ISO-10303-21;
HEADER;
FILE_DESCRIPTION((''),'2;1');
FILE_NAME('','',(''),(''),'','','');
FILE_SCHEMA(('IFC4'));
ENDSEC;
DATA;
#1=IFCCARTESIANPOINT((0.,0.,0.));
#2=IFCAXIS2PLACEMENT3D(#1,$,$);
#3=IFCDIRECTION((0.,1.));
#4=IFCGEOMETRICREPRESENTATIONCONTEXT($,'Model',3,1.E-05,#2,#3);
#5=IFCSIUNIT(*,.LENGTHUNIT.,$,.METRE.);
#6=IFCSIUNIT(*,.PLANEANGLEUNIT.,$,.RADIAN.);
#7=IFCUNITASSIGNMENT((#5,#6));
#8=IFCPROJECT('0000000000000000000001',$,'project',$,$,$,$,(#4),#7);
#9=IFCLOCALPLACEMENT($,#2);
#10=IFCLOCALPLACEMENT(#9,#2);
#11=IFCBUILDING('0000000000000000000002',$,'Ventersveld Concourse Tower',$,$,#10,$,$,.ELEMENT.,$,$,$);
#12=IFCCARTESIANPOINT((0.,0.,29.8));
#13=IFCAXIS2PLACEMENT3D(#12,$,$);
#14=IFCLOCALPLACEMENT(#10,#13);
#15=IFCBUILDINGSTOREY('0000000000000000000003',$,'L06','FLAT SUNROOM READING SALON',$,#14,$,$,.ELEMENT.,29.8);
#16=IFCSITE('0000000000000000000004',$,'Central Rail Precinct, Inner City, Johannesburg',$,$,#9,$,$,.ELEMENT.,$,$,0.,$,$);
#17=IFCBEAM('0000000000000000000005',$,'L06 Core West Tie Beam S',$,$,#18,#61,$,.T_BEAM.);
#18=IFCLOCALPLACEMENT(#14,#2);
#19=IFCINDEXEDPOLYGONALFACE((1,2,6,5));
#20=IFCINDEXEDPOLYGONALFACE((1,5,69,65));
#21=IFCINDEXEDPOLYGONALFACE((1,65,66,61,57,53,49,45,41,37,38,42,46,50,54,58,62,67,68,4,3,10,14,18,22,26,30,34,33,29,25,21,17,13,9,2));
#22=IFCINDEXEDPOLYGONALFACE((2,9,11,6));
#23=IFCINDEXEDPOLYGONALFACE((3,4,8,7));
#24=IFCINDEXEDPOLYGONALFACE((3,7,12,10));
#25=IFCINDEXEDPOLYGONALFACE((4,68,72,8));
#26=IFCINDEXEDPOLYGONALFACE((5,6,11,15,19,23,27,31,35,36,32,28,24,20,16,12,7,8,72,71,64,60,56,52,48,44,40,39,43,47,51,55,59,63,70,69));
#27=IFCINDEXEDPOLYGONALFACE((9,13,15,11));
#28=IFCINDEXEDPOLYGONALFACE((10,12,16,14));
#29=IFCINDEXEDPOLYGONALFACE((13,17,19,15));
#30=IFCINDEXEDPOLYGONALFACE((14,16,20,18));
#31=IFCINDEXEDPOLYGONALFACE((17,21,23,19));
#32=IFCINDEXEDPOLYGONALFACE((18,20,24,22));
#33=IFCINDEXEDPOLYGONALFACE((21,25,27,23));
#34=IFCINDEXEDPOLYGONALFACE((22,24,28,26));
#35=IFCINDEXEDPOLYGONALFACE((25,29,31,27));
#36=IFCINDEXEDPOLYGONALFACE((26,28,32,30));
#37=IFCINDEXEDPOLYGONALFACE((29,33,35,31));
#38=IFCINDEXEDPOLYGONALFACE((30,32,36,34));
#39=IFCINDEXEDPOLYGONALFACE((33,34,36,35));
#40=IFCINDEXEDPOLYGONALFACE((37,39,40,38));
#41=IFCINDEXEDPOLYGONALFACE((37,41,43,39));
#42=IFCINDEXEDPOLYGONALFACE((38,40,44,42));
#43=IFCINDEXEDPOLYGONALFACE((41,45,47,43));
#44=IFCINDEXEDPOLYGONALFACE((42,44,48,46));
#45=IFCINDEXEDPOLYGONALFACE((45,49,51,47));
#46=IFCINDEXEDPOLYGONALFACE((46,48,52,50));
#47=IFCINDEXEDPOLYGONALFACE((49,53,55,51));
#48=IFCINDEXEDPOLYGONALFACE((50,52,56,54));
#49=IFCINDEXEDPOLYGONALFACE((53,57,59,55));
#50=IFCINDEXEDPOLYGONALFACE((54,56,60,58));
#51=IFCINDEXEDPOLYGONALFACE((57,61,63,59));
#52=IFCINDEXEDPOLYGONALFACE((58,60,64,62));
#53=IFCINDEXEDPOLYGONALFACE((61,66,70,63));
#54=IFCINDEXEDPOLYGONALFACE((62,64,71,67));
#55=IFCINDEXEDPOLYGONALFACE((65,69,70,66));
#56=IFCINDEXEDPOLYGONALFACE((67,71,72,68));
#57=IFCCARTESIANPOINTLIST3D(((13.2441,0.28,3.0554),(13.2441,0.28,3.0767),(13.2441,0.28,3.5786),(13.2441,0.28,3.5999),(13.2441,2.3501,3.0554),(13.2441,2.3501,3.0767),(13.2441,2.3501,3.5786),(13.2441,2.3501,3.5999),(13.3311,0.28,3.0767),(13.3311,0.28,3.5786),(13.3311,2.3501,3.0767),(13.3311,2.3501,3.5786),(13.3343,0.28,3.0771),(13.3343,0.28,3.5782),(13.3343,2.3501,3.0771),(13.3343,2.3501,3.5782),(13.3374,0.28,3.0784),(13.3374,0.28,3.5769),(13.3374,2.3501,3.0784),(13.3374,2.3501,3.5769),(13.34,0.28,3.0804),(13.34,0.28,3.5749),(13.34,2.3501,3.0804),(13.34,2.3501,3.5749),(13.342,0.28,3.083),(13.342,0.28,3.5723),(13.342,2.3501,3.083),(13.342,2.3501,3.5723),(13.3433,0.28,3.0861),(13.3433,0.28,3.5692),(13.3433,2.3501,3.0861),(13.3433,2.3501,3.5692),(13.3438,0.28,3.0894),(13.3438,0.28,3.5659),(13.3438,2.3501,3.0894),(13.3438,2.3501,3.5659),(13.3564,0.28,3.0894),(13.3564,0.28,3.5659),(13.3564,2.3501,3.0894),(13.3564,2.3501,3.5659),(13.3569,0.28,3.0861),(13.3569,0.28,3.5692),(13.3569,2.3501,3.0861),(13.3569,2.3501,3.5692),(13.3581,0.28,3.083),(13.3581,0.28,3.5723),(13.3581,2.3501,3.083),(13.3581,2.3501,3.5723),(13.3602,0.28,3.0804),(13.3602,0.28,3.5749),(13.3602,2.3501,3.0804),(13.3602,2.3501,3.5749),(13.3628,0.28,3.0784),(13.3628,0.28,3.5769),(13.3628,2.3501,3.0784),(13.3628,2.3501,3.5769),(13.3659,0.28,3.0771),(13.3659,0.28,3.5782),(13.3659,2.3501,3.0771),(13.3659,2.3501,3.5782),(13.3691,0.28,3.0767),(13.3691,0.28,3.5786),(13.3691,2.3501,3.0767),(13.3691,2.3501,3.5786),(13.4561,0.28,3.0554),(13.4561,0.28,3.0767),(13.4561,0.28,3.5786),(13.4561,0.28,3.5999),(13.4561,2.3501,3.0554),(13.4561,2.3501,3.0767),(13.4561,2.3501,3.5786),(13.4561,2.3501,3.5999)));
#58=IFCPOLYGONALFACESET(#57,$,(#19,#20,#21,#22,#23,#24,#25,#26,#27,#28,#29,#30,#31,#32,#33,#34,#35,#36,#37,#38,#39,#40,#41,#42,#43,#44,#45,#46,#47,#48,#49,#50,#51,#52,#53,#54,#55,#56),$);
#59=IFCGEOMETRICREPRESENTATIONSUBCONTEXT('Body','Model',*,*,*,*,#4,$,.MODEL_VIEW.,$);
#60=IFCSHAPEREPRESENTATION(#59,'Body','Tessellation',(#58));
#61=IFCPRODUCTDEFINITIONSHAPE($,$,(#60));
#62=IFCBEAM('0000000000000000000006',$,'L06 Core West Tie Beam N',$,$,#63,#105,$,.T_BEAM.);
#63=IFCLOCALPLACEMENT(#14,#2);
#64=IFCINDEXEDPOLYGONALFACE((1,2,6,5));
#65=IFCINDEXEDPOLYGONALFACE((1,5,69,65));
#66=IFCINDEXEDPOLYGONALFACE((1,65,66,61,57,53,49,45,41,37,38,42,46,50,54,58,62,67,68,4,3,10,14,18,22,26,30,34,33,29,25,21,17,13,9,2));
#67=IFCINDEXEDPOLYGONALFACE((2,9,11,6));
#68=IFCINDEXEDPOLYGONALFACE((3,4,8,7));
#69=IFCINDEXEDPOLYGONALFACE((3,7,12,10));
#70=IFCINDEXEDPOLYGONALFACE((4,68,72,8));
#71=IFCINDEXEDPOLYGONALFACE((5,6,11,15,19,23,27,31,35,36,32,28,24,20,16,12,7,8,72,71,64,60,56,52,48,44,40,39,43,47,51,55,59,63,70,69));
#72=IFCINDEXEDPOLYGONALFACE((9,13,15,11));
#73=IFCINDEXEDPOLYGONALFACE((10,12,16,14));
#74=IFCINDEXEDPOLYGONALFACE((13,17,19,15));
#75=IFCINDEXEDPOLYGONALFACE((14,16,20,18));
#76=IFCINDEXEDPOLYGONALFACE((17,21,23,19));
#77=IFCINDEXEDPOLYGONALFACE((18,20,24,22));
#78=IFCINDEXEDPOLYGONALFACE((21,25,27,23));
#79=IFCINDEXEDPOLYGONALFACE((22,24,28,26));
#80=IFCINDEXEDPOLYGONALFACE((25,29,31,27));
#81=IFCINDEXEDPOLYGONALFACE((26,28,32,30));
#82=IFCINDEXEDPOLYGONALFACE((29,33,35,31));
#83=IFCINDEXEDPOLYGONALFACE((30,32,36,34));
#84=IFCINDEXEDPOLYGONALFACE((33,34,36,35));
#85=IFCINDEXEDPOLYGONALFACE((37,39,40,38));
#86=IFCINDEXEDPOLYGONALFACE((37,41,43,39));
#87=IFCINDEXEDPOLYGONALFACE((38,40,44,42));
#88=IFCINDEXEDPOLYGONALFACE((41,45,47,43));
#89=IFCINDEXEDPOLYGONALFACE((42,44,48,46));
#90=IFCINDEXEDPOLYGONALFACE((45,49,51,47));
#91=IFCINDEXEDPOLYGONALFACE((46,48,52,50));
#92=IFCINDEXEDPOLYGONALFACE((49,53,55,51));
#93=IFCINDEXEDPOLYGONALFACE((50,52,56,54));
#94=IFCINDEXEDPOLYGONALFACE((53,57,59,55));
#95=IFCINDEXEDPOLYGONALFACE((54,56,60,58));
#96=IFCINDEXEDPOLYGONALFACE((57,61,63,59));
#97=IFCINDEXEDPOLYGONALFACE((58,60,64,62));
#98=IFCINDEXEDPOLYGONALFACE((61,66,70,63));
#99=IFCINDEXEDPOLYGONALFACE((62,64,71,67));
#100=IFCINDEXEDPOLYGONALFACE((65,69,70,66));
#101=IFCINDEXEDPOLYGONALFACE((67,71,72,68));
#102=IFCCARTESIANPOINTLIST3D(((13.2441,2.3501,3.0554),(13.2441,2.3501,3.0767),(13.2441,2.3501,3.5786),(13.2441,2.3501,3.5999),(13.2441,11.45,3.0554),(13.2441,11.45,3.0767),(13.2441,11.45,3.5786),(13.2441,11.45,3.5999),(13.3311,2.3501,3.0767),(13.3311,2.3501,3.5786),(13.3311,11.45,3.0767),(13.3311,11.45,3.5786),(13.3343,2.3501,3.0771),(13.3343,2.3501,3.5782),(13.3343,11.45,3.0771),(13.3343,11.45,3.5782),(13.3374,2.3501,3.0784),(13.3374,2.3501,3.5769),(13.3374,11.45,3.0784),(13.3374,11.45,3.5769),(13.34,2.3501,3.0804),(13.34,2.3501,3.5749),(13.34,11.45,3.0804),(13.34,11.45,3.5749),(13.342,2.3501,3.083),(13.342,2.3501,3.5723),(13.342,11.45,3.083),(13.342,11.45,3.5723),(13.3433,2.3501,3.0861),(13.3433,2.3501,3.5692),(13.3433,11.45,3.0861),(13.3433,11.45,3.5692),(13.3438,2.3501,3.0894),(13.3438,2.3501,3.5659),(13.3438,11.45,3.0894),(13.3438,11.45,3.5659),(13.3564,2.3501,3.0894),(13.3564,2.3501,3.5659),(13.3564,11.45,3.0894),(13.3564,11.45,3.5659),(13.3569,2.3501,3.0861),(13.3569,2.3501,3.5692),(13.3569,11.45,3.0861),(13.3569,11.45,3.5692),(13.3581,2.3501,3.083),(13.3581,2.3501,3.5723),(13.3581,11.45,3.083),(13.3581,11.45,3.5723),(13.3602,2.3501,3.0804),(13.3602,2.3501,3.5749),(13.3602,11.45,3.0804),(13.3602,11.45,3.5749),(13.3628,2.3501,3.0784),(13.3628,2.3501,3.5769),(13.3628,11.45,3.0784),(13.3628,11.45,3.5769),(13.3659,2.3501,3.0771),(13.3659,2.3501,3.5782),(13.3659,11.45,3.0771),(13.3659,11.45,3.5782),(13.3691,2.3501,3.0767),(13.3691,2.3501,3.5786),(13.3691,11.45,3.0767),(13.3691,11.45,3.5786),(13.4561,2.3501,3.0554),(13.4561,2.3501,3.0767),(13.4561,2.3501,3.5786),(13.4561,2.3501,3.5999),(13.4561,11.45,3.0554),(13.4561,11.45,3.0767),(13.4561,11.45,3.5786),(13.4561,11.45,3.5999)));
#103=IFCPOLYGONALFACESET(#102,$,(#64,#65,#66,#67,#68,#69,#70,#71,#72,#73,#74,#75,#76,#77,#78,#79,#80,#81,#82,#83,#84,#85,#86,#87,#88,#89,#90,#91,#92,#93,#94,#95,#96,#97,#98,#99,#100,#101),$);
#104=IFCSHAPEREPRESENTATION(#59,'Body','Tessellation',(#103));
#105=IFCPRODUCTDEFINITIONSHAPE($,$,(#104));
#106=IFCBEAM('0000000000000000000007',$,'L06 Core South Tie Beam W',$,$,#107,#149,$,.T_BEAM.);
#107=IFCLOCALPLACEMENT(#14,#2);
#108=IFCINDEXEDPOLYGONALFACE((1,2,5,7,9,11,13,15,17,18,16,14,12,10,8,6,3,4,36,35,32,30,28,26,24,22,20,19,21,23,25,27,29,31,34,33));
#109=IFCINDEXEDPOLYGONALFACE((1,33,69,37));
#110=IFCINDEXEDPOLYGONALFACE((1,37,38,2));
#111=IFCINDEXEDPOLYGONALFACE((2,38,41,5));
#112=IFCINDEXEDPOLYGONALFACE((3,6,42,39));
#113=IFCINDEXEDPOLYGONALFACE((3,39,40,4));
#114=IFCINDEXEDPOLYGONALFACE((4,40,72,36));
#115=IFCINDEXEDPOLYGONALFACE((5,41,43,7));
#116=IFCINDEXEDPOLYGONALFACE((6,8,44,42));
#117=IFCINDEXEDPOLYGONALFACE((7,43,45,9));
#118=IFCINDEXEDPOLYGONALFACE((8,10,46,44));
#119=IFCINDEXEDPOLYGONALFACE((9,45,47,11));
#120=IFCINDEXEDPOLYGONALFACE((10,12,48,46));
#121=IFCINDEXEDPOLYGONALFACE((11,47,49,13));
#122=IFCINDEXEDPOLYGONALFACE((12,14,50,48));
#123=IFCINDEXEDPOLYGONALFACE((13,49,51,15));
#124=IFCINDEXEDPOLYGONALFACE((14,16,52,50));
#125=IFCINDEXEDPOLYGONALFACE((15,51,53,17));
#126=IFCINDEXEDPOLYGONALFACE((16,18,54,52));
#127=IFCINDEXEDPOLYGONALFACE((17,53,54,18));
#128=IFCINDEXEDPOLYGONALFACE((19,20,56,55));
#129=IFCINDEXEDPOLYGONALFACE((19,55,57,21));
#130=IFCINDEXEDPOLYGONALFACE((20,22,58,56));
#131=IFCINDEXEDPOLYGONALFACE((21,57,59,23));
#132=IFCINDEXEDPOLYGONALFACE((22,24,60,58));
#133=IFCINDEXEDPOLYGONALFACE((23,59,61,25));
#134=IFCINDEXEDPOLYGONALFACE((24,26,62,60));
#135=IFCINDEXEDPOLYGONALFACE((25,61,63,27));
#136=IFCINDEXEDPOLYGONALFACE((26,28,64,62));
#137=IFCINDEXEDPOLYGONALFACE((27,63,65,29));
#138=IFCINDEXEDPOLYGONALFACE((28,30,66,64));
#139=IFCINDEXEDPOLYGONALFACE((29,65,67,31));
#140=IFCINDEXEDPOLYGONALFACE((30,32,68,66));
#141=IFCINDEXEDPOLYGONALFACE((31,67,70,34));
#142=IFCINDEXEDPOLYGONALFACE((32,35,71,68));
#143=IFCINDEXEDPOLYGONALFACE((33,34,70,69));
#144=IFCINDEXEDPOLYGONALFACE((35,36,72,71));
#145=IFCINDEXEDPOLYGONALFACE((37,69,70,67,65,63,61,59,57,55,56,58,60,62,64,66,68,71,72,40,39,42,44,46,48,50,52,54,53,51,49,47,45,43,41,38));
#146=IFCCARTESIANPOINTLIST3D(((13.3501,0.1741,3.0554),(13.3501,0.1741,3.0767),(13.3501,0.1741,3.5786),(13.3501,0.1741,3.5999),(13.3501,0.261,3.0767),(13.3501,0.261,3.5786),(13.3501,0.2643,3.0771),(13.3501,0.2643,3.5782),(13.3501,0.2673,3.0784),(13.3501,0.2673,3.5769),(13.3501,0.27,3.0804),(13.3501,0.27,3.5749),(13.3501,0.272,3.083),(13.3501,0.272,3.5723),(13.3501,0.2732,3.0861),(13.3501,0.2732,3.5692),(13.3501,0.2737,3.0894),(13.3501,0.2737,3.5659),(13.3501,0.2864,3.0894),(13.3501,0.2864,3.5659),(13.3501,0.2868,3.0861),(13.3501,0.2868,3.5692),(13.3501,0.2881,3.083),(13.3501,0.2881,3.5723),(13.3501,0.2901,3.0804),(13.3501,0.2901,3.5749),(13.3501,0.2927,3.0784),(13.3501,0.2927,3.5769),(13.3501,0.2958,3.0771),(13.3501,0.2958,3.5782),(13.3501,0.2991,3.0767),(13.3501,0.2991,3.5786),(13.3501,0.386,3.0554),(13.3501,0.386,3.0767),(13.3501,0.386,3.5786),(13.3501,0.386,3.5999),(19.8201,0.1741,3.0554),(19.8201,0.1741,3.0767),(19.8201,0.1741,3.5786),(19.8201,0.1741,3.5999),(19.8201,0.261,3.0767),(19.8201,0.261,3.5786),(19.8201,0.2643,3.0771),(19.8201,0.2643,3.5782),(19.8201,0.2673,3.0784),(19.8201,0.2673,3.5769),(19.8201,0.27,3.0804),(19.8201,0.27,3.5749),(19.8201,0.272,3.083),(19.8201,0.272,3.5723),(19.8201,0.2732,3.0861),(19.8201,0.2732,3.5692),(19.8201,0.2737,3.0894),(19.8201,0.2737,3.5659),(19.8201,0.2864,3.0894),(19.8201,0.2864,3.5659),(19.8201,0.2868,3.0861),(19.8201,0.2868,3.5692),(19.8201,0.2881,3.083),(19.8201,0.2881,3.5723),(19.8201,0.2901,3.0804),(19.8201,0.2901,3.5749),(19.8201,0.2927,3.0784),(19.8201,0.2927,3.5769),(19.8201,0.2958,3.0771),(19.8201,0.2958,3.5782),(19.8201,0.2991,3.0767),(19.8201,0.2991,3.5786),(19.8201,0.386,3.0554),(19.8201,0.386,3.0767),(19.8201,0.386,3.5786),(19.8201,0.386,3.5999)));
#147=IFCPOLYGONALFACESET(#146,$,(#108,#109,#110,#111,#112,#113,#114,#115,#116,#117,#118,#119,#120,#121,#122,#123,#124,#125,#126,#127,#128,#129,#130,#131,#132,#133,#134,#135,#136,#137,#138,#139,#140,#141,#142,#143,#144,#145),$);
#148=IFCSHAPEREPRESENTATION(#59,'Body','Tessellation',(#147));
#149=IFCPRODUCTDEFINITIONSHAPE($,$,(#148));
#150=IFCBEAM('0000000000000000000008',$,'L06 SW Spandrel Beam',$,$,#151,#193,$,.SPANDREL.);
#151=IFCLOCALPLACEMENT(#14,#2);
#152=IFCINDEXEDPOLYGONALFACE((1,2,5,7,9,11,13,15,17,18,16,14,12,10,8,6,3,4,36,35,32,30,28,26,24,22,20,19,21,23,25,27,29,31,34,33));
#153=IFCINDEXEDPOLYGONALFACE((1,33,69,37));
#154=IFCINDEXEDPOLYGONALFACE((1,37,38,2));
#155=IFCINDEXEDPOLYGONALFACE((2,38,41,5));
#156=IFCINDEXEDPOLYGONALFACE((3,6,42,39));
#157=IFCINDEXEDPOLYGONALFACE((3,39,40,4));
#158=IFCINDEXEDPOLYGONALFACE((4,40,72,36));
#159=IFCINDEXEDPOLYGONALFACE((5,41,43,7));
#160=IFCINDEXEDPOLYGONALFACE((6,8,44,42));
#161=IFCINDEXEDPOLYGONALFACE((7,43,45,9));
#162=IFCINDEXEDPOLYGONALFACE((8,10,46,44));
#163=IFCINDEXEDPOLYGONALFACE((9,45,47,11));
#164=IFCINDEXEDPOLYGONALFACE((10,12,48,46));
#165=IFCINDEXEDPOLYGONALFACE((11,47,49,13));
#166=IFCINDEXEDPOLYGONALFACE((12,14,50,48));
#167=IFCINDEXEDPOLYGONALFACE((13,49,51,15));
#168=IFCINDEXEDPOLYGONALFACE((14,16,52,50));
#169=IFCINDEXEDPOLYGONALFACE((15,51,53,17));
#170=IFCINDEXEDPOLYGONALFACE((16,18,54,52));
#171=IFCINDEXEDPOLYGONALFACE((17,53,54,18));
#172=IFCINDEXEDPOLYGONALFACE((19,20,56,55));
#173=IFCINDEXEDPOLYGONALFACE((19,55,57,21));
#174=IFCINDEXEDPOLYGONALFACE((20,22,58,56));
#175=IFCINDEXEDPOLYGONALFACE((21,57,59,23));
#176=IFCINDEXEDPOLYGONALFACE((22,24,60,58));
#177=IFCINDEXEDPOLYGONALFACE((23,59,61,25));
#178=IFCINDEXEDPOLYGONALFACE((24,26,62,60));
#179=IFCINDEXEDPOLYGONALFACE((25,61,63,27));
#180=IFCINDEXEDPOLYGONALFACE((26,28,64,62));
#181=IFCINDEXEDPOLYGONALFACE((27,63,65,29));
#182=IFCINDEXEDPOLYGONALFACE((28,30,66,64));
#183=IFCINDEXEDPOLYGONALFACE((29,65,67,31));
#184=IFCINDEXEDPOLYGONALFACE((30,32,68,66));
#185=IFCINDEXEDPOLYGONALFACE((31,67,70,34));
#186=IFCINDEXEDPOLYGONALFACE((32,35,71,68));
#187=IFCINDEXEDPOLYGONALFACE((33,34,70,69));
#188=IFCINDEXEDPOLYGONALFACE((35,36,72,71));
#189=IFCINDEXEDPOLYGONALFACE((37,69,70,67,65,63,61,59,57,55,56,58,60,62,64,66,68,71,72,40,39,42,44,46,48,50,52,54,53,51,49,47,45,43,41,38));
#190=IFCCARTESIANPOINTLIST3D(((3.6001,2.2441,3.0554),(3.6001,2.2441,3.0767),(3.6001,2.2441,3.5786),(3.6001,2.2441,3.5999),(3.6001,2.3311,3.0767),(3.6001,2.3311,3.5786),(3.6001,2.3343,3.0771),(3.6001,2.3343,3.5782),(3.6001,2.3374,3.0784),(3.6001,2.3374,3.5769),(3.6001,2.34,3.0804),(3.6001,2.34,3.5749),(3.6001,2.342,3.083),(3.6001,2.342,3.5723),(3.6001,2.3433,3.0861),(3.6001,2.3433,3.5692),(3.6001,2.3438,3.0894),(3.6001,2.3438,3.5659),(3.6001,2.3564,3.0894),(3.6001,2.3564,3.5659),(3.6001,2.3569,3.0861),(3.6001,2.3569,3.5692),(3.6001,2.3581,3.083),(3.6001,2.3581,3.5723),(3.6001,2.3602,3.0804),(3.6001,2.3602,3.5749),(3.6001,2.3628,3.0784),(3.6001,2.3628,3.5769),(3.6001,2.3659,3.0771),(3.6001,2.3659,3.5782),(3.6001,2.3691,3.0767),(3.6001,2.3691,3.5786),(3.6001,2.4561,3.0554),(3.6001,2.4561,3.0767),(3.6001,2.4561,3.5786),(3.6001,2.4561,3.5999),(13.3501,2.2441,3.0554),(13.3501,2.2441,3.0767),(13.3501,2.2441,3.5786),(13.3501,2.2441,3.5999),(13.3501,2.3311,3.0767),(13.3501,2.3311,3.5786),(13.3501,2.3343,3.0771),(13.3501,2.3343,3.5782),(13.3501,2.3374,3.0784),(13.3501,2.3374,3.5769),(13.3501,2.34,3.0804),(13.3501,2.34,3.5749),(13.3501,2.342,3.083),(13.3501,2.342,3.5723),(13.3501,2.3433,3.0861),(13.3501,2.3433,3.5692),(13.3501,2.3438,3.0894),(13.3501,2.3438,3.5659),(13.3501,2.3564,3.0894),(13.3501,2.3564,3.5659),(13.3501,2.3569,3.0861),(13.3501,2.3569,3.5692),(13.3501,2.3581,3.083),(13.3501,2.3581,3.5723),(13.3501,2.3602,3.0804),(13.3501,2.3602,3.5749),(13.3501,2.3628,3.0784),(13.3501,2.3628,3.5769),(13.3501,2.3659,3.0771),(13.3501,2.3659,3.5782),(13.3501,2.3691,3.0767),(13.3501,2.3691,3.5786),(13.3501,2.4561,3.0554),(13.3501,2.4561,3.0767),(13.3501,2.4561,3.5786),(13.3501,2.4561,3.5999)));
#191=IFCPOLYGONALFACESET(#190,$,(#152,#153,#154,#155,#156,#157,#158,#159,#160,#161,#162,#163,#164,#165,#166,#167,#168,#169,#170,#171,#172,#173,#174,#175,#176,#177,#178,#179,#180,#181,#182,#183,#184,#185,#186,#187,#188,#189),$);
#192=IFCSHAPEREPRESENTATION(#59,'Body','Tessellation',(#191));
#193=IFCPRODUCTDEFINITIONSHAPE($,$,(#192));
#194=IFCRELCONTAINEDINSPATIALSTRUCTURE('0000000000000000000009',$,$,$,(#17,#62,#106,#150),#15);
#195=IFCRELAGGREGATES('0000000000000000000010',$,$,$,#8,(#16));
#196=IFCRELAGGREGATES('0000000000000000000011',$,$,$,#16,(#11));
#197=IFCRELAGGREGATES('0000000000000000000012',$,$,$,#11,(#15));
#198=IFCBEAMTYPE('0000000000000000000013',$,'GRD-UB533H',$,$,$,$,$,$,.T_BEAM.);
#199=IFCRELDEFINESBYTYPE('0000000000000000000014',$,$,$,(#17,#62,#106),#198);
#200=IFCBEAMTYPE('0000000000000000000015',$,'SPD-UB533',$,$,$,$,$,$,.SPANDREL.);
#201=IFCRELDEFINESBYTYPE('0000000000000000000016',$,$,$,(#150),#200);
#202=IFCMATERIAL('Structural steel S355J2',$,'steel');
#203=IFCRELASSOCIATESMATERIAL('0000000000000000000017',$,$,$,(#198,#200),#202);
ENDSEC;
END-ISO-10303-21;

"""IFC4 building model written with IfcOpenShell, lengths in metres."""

from ifc_helpers import new_model, si_unit, direction, frame, origin, origin_2d, place, context, subcontext, project, spatial, i_section, extrude, material, material_profile, profile_set, type_object, element, save


model = new_model("IFC4")

# Units and contexts
model_context = context("Model", 3, precision=1e-05, world=origin(), true_north=direction((0.0, 1.0)))
body_context = subcontext(model_context, "Body", "Model", "MODEL_VIEW")
ifc_project = project(units=[si_unit("LENGTHUNIT", "METRE"), si_unit("PLANEANGLEUNIT", "RADIAN")], contexts=[model_context])

# Site, building, storey
site_placement = place(None, origin())
site = spatial("IfcSite", under=ifc_project, at=site_placement, Name="Central Rail Precinct, Inner City, Johannesburg", CompositionType="ELEMENT", RefElevation=0.0)
building_placement = place(site_placement, origin())
building = spatial("IfcBuilding", under=site, at=building_placement, Name="Ventersveld Concourse Tower", CompositionType="ELEMENT")
storey_placement = place(building_placement, frame((0.0, 0.0, 29.8)))
storey = spatial("IfcBuildingStorey", under=building, at=storey_placement, Name="L06", Description="FLAT SUNROOM READING SALON", CompositionType="ELEMENT", Elevation=29.8)

# Beams
ifc_material_1 = material(Name="Structural steel S355J2", Category="steel")
ifc_material_profile_1 = material_profile(ifc_material_1, i_section(OverallWidth=0.2119, OverallDepth=0.5444, WebThickness=0.0127, FlangeThickness=0.0212, FilletRadius=0.0127, at=origin_2d()), Name="UB 533x210x122")
ifc_profile_set_1 = profile_set([ifc_material_profile_1], Name="Structural steel S355J2")
beam_type_1 = type_object("IfcBeamType", Name="GRD-UB533H", PredefinedType="T_BEAM", material=ifc_profile_set_1)
beam_1_placement = place(storey_placement, frame((13.3501, 0.28, 3.3276), z_axis=(0.0, 1.0, 0.0), x_axis=(-1.0, 0.0, 0.0)))
element("IfcBeam", 1, at=beam_1_placement, inside=storey, type_object=beam_type_1, Name="L06 Core West Tie Beam S", PredefinedType="T_BEAM", context=body_context, shape_type="SweptSolid", body=[
    extrude(i_section(OverallWidth=0.2119, OverallDepth=0.5444, WebThickness=0.0127, FlangeThickness=0.0212, FilletRadius=0.0127, at=origin_2d()), origin(), (0.0, 0.0, 1.0), 2.0701),
])
beam_2_placement = place(storey_placement, frame((13.3501, 2.3501, 3.3276), z_axis=(0.0, 1.0, 0.0), x_axis=(-1.0, 0.0, 0.0)))
element("IfcBeam", 2, at=beam_2_placement, inside=storey, type_object=beam_type_1, Name="L06 Core West Tie Beam N", PredefinedType="T_BEAM", context=body_context, shape_type="SweptSolid", body=[
    extrude(i_section(OverallWidth=0.2119, OverallDepth=0.5444, WebThickness=0.0127, FlangeThickness=0.0212, FilletRadius=0.0127, at=origin_2d()), origin(), (0.0, 0.0, 1.0), 9.0999),
])
beam_3_placement = place(storey_placement, frame((13.3501, 0.28, 3.3276), z_axis=(1.0, 0.0, 0.0), x_axis=(0.0, 1.0, 0.0)))
element("IfcBeam", 3, at=beam_3_placement, inside=storey, type_object=beam_type_1, Name="L06 Core South Tie Beam W", PredefinedType="T_BEAM", context=body_context, shape_type="SweptSolid", body=[
    extrude(i_section(OverallWidth=0.2119, OverallDepth=0.5444, WebThickness=0.0127, FlangeThickness=0.0212, FilletRadius=0.0127, at=origin_2d()), origin(), (0.0, 0.0, 1.0), 6.47),
])
ifc_material_profile_2 = material_profile(ifc_material_1, i_section(OverallWidth=0.2119, OverallDepth=0.5444, WebThickness=0.0127, FlangeThickness=0.0212, FilletRadius=0.0127, at=origin_2d()), Name="UB 533x210x122")
ifc_profile_set_2 = profile_set([ifc_material_profile_2], Name="Structural steel S355J2")
beam_type_2 = type_object("IfcBeamType", Name="SPD-UB533", PredefinedType="SPANDREL", material=ifc_profile_set_2)
beam_4_placement = place(storey_placement, frame((3.6001, 2.3501, 3.3276), z_axis=(1.0, 0.0, 0.0), x_axis=(0.0, 1.0, 0.0)))
element("IfcBeam", 4, at=beam_4_placement, inside=storey, type_object=beam_type_2, Name="L06 SW Spandrel Beam", PredefinedType="SPANDREL", context=body_context, shape_type="SweptSolid", body=[
    extrude(i_section(OverallWidth=0.2119, OverallDepth=0.5444, WebThickness=0.0127, FlangeThickness=0.0212, FilletRadius=0.0127, at=origin_2d()), origin(), (0.0, 0.0, 1.0), 9.75),
])

save(model, "model.ifc")
